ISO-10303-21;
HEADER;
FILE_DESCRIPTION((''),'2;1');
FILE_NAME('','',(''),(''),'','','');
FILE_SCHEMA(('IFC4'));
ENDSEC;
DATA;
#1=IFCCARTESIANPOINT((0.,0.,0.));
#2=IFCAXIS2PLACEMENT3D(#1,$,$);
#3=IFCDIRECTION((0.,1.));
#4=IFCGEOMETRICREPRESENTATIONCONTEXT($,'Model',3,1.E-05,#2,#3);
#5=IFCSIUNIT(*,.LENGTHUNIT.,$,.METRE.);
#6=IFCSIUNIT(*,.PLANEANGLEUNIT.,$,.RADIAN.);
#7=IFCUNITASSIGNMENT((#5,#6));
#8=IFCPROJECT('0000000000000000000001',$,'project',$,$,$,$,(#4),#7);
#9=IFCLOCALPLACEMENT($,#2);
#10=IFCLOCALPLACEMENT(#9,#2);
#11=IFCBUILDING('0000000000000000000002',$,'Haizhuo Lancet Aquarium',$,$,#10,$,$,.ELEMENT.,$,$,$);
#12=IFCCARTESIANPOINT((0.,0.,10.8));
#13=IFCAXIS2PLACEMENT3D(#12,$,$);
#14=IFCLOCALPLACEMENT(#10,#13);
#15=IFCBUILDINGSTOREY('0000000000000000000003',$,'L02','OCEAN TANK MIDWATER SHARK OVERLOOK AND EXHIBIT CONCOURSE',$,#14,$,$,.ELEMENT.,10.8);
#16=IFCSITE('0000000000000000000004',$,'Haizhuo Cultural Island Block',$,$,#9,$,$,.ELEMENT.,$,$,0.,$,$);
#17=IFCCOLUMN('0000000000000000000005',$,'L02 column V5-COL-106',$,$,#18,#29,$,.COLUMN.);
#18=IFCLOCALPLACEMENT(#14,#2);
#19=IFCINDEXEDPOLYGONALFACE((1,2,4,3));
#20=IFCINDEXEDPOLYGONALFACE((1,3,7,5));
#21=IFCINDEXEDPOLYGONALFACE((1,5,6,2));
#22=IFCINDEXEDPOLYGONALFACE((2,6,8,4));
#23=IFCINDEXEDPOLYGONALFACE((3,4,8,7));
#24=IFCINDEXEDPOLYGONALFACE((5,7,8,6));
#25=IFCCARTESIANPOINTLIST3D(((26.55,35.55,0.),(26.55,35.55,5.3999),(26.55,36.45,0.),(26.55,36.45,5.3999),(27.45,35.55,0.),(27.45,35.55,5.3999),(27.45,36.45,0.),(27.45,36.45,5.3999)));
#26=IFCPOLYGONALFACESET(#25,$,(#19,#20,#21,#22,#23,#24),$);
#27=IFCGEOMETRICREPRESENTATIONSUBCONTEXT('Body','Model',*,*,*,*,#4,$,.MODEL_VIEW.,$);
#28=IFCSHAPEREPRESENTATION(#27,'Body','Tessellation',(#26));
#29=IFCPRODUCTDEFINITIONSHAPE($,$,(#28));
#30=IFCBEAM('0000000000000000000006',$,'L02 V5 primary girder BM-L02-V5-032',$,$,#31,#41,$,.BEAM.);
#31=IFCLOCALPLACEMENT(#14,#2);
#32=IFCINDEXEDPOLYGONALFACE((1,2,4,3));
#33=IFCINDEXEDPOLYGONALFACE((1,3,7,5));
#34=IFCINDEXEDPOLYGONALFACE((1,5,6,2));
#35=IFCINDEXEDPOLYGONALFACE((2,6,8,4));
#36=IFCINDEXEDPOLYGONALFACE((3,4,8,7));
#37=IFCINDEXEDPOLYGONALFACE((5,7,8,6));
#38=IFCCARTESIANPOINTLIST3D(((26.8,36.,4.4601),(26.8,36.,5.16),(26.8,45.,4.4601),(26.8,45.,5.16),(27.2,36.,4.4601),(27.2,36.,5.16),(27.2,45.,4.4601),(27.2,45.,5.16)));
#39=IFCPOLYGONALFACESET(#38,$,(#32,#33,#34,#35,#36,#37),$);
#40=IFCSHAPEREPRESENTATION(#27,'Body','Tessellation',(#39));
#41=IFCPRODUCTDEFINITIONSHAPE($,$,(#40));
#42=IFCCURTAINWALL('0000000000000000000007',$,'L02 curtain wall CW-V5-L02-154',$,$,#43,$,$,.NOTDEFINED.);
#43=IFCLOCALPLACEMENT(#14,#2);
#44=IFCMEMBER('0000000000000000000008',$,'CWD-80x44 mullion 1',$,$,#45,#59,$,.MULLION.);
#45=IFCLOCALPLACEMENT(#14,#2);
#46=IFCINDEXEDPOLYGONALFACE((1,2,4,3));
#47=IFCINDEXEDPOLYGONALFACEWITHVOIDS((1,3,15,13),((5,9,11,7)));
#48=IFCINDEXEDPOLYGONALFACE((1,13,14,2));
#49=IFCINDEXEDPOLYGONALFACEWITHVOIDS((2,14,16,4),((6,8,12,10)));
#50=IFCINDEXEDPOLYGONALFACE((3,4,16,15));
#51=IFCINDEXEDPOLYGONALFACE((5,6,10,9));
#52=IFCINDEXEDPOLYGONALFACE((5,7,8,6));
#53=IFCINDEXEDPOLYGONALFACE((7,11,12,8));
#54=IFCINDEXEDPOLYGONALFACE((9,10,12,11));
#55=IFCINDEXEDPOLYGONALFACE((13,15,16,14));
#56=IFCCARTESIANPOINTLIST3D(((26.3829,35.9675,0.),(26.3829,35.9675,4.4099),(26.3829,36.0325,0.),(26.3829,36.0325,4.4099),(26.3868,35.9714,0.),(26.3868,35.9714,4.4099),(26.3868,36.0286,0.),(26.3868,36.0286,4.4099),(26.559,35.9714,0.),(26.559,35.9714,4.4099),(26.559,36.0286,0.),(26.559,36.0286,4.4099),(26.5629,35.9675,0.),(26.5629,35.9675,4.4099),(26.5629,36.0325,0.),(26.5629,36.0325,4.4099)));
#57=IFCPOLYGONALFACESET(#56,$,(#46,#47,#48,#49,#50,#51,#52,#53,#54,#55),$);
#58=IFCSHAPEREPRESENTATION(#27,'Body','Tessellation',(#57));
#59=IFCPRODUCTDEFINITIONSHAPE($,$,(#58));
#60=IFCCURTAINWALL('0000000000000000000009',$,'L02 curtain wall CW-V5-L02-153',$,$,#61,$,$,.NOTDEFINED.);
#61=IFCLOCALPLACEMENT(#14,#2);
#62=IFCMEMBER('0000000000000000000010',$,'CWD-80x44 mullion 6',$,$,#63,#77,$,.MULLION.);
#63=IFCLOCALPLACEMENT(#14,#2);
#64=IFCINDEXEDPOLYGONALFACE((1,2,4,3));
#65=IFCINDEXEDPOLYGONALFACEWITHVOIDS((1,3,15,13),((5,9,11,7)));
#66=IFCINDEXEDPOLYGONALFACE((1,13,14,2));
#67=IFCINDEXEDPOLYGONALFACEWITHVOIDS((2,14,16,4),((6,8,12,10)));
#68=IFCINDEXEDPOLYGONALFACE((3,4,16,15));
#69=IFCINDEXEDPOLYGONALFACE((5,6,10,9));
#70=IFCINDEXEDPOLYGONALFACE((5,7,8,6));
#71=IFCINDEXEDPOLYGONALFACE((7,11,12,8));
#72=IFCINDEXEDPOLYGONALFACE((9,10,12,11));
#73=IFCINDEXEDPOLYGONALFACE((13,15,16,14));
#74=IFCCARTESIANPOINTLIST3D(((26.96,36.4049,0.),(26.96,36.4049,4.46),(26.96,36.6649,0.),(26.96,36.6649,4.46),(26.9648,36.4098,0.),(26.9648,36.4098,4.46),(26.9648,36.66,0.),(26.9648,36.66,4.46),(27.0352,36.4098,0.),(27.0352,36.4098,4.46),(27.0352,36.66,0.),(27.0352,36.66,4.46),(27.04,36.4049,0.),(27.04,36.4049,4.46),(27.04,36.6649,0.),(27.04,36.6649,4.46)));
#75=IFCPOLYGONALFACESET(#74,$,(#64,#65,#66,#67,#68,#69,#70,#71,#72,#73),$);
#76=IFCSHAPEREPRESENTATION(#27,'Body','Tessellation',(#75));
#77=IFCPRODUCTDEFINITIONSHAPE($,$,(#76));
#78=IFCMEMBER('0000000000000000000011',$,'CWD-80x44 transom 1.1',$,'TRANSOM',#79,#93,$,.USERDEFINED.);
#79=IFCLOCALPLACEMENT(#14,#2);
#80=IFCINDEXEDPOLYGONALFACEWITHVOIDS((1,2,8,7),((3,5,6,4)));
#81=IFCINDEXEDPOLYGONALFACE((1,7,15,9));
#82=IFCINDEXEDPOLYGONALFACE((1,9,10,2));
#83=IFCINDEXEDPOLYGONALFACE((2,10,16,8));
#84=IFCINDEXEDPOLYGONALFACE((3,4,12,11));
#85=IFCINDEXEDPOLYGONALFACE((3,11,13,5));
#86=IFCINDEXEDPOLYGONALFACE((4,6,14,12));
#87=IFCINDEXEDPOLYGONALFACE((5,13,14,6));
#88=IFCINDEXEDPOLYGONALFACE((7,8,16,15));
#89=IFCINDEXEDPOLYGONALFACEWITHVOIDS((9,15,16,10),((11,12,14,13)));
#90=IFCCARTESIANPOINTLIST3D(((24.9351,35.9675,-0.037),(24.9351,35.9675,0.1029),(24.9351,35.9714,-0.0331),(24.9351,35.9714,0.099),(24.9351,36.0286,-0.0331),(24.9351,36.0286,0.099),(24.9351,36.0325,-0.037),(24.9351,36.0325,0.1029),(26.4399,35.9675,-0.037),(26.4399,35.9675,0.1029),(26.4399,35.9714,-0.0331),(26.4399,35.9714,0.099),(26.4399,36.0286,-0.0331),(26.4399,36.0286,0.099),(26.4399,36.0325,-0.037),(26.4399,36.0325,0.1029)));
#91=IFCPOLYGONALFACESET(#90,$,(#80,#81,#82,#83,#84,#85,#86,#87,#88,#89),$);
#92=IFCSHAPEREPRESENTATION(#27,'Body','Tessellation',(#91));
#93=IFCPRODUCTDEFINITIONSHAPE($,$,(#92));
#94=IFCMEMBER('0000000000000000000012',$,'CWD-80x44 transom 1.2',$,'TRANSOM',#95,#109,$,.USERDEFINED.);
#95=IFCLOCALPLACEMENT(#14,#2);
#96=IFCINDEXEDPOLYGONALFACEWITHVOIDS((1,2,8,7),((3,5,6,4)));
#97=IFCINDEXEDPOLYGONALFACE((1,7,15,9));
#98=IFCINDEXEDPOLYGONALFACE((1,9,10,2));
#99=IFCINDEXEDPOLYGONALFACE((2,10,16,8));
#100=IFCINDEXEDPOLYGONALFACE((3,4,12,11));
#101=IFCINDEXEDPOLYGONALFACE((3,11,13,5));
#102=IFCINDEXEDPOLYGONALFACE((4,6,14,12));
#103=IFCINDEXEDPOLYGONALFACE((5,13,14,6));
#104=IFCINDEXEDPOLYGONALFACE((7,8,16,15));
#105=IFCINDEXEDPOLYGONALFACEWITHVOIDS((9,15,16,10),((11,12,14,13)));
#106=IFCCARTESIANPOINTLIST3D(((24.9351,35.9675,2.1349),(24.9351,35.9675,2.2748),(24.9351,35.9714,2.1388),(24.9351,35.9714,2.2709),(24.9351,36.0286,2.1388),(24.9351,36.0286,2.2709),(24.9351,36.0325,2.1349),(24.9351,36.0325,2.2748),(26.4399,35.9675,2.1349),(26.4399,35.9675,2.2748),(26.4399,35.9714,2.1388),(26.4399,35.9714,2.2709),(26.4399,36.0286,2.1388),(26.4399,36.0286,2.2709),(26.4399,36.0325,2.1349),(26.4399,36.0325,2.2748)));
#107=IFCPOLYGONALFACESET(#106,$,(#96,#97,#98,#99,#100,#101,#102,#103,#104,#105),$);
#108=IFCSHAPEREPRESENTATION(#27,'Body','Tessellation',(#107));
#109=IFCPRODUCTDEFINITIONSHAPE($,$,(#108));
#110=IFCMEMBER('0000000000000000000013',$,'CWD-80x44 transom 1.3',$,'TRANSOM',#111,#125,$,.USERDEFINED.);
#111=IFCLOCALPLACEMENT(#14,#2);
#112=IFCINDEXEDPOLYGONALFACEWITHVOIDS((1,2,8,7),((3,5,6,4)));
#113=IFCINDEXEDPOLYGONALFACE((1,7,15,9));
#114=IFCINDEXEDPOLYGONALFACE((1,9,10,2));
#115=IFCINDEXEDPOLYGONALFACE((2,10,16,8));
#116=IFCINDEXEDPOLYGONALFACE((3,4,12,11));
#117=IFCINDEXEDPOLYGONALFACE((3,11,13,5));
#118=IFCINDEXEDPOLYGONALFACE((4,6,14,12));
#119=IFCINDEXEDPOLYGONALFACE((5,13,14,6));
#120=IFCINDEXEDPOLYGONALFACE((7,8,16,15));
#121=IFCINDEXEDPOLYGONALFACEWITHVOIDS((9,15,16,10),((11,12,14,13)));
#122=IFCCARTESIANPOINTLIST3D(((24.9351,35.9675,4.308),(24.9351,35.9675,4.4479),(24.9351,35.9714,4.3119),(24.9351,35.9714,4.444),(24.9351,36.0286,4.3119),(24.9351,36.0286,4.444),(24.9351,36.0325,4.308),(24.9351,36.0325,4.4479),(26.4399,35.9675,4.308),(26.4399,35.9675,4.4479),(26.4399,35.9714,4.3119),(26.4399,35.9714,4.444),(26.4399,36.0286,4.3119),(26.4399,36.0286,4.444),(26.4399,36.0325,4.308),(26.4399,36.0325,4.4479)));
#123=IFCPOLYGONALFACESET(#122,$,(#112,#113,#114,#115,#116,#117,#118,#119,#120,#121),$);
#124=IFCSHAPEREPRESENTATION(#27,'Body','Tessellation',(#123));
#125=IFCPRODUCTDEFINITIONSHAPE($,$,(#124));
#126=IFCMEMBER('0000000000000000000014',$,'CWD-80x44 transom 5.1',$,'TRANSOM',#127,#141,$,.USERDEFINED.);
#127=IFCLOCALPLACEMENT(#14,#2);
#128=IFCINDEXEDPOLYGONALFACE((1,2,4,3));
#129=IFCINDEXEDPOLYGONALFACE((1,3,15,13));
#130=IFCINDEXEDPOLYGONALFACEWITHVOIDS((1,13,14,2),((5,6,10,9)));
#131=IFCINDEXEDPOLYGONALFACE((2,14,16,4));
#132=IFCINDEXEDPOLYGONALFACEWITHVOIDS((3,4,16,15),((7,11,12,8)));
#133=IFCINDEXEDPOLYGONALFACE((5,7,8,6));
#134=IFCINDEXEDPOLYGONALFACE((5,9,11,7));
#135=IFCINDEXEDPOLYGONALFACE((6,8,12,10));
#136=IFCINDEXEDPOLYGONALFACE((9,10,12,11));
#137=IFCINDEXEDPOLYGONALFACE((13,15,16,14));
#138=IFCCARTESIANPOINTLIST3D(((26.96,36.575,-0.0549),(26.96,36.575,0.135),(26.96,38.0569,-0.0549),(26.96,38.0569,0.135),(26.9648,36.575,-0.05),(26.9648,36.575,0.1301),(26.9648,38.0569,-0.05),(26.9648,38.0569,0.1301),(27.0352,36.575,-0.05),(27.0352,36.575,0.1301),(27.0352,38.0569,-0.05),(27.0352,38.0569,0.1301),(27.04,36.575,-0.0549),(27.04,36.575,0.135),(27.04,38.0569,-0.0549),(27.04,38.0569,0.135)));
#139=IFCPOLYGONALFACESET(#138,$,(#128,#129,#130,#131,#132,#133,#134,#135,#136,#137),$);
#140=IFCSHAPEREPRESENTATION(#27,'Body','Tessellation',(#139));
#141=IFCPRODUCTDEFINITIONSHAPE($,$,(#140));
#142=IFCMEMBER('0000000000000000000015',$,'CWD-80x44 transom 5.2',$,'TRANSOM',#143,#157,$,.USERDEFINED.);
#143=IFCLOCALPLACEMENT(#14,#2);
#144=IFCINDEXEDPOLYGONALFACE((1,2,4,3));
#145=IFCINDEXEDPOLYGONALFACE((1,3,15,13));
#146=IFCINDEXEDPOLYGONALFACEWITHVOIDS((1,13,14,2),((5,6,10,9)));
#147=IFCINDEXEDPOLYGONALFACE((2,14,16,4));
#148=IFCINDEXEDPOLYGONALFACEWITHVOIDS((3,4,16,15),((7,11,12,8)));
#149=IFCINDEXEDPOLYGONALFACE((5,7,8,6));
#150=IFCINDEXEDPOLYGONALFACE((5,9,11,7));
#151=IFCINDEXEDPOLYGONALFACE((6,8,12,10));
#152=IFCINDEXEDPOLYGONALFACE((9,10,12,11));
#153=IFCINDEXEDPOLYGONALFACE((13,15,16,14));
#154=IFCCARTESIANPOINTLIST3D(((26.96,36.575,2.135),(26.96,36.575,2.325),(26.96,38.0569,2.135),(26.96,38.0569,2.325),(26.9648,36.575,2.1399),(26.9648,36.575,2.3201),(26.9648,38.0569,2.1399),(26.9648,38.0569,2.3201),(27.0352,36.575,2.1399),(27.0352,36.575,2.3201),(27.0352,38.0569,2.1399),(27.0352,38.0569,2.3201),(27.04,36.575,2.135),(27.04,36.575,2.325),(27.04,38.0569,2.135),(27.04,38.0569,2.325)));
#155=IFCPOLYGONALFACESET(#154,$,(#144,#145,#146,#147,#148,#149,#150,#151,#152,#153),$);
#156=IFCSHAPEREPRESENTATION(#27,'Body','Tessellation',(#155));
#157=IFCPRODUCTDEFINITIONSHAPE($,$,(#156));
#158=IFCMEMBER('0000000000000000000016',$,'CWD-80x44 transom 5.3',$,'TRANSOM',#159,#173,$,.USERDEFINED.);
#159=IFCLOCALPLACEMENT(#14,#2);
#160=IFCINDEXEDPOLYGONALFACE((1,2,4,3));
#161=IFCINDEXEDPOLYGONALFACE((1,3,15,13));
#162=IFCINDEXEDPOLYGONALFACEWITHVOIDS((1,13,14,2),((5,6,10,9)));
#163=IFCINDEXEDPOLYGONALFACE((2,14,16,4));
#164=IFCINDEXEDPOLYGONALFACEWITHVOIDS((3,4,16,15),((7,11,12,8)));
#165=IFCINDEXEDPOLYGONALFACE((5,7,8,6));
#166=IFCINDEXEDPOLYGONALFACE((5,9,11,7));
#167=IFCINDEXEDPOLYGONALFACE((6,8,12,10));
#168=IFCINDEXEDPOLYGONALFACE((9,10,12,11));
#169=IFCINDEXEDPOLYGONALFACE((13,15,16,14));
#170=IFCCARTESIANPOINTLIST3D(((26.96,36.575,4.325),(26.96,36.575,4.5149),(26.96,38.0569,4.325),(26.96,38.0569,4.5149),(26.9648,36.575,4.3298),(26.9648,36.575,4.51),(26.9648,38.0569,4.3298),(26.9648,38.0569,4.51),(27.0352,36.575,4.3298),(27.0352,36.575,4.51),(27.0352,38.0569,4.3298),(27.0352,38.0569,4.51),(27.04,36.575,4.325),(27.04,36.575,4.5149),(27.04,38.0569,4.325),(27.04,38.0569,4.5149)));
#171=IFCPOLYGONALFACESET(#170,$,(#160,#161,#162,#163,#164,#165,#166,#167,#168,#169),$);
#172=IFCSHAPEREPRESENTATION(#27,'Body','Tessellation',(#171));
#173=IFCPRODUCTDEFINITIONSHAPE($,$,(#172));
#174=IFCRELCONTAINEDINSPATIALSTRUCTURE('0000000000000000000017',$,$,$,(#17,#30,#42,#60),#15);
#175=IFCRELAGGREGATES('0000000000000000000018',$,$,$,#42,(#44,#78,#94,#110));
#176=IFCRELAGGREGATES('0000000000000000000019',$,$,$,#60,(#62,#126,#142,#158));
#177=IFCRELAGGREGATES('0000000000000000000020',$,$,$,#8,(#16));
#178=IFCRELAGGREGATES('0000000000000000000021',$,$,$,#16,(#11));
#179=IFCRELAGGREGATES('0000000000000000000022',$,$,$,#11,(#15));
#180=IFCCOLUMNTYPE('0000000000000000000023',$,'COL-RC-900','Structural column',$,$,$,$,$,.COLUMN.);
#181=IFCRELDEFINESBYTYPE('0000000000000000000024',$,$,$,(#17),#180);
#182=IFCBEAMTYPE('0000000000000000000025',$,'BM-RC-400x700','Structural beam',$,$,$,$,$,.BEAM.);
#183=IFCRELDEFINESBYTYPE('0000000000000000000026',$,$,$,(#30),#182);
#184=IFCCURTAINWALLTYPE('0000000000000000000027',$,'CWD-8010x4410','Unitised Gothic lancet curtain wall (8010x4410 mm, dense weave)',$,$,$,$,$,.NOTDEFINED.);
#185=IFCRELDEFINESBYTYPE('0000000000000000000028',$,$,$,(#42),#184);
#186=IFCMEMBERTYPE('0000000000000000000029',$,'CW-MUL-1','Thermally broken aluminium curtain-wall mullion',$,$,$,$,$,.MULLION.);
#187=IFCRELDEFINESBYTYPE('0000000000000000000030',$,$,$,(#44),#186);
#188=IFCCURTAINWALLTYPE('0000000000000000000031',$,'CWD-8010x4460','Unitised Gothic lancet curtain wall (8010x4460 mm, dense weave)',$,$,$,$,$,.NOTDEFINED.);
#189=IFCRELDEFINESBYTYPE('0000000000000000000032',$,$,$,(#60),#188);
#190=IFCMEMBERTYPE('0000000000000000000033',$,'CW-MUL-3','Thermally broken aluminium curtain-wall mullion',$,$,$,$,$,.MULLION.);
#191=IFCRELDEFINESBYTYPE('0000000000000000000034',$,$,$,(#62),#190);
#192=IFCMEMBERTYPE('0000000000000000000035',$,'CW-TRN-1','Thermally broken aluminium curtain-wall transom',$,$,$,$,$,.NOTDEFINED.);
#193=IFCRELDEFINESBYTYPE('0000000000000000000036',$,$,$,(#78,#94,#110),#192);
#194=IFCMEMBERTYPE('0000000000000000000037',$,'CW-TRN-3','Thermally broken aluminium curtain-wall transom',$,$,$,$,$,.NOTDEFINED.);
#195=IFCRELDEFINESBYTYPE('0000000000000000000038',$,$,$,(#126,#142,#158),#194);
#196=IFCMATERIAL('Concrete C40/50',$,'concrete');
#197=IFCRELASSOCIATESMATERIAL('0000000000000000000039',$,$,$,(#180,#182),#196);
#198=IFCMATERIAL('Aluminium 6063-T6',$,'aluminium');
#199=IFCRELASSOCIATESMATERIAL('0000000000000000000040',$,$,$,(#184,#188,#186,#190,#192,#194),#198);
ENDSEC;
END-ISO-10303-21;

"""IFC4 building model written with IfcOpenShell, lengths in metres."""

from ifc_helpers import new_model, si_unit, direction, frame, origin, origin_2d, place, context, subcontext, project, spatial, rectangle, hollow_rectangle, extrude, material, material_profile, profile_set, type_object, element, aggregate, save


model = new_model("IFC4")

# Units and contexts
model_context = context("Model", 3, precision=1e-05, world=origin(), true_north=direction((0.0, 1.0)))
body_context = subcontext(model_context, "Body", "Model", "MODEL_VIEW")
ifc_project = project(units=[si_unit("LENGTHUNIT", "METRE"), si_unit("PLANEANGLEUNIT", "RADIAN")], contexts=[model_context])

# Site, building, storey
site_placement = place(None, origin())
site = spatial("IfcSite", under=ifc_project, at=site_placement, Name="Haizhuo Cultural Island Block", CompositionType="ELEMENT", RefElevation=0.0)
building_placement = place(site_placement, origin())
building = spatial("IfcBuilding", under=site, at=building_placement, Name="Haizhuo Lancet Aquarium", CompositionType="ELEMENT")
storey_placement = place(building_placement, frame((0.0, 0.0, 10.8)))
storey = spatial("IfcBuildingStorey", under=building, at=storey_placement, Name="L02", Description="OCEAN TANK MIDWATER SHARK OVERLOOK AND EXHIBIT CONCOURSE", CompositionType="ELEMENT", Elevation=10.8)

# Column
ifc_material_1 = material(Name="Concrete C40/50", Category="concrete")
ifc_material_profile_1 = material_profile(ifc_material_1, rectangle(XDim=0.8999, YDim=0.8999, at=origin_2d()), Name="RC-COL 900x900")
ifc_profile_set_1 = profile_set([ifc_material_profile_1], Name="Concrete C40/50")
column_type = type_object("IfcColumnType", Name="COL-RC-900", Description="Structural column", PredefinedType="COLUMN", material=ifc_profile_set_1)
column_placement = place(storey_placement, frame((27.0, 36.0, 0.0), z_axis=(0.0, 0.0, 1.0), x_axis=(1.0, 0.0, 0.0)))
element("IfcColumn", 1, at=column_placement, inside=storey, type_object=column_type, Name="L02 column V5-COL-106", PredefinedType="COLUMN", context=body_context, shape_type="SweptSolid", body=[
    extrude(rectangle(XDim=0.8999, YDim=0.8999, at=origin_2d()), origin(), (0.0, 0.0, 1.0), 5.3999),
])

# Beam
ifc_material_profile_2 = material_profile(ifc_material_1, rectangle(XDim=0.3999, YDim=0.7, at=origin_2d()), Name="RC-BM 400x700")
ifc_profile_set_2 = profile_set([ifc_material_profile_2], Name="Concrete C40/50")
beam_type = type_object("IfcBeamType", Name="BM-RC-400x700", Description="Structural beam", PredefinedType="BEAM", material=ifc_profile_set_2)
beam_placement = place(storey_placement, frame((27.0, 36.0, 4.8101), z_axis=(0.0, 1.0, 0.0), x_axis=(-1.0, 0.0, 0.0)))
element("IfcBeam", 2, at=beam_placement, inside=storey, type_object=beam_type, Name="L02 V5 primary girder BM-L02-V5-032", PredefinedType="BEAM", context=body_context, shape_type="SweptSolid", body=[
    extrude(rectangle(XDim=0.3999, YDim=0.7, at=origin_2d()), origin(), (0.0, 0.0, 1.0), 9.0),
])

# Curtain walls, members
ifc_material_2 = material(Name="Aluminium 6063-T6", Category="aluminium")
curtain_wall_type_1 = type_object("IfcCurtainWallType", Name="CWD-8010x4410", Description="Unitised Gothic lancet curtain wall (8010x4410 mm, dense weave)", PredefinedType="NOTDEFINED", material=ifc_material_2)
curtain_wall_1_placement = place(storey_placement, origin())
curtain_wall_1 = element("IfcCurtainWall", 3, at=curtain_wall_1_placement, inside=storey, type_object=curtain_wall_type_1, Name="L02 curtain wall CW-V5-L02-154", PredefinedType="NOTDEFINED")
ifc_material_profile_3 = material_profile(ifc_material_2, hollow_rectangle(XDim=0.0649, YDim=0.1799, WallThickness=0.0039, at=origin_2d()), Name="ALU-M 65x180x4")
ifc_profile_set_3 = profile_set([ifc_material_profile_3], Name="Aluminium 6063-T6")
member_type_1 = type_object("IfcMemberType", Name="CW-MUL-1", Description="Thermally broken aluminium curtain-wall mullion", PredefinedType="MULLION", material=ifc_profile_set_3)
member_1_placement = place(storey_placement, frame((26.4729, 36.0, 0.0), z_axis=(0.0, 0.0, 1.0), x_axis=(0.0, -1.0, 0.0)))
member_1 = element("IfcMember", 4, at=member_1_placement, type_object=member_type_1, Name="CWD-80x44 mullion 1", PredefinedType="MULLION", context=body_context, shape_type="SweptSolid", body=[
    extrude(hollow_rectangle(XDim=0.0649, YDim=0.1799, WallThickness=0.0039, at=origin_2d()), origin(), (0.0, 0.0, 1.0), 4.4099),
])
curtain_wall_type_2 = type_object("IfcCurtainWallType", Name="CWD-8010x4460", Description="Unitised Gothic lancet curtain wall (8010x4460 mm, dense weave)", PredefinedType="NOTDEFINED", material=ifc_material_2)
curtain_wall_2_placement = place(storey_placement, origin())
curtain_wall_2 = element("IfcCurtainWall", 5, at=curtain_wall_2_placement, inside=storey, type_object=curtain_wall_type_2, Name="L02 curtain wall CW-V5-L02-153", PredefinedType="NOTDEFINED")
ifc_material_profile_4 = material_profile(ifc_material_2, hollow_rectangle(XDim=0.0801, YDim=0.26, WallThickness=0.0049, at=origin_2d()), Name="ALU-M 80x260x5")
ifc_profile_set_4 = profile_set([ifc_material_profile_4], Name="Aluminium 6063-T6")
member_type_2 = type_object("IfcMemberType", Name="CW-MUL-3", Description="Thermally broken aluminium curtain-wall mullion", PredefinedType="MULLION", material=ifc_profile_set_4)
member_2_placement = place(storey_placement, frame((27.0, 36.5349, 0.0), z_axis=(0.0, 0.0, 1.0), x_axis=(1.0, 0.0, 0.0)))
member_2 = element("IfcMember", 6, at=member_2_placement, type_object=member_type_2, Name="CWD-80x44 mullion 6", PredefinedType="MULLION", context=body_context, shape_type="SweptSolid", body=[
    extrude(hollow_rectangle(XDim=0.0801, YDim=0.26, WallThickness=0.0049, at=origin_2d()), origin(), (0.0, 0.0, 1.0), 4.46),
])

# Members
ifc_material_profile_5 = material_profile(ifc_material_2, hollow_rectangle(XDim=0.0649, YDim=0.1399, WallThickness=0.0039, at=origin_2d()), Name="ALU-T 65x140x4")
ifc_profile_set_5 = profile_set([ifc_material_profile_5], Name="Aluminium 6063-T6")
member_type_3 = type_object("IfcMemberType", Name="CW-TRN-1", Description="Thermally broken aluminium curtain-wall transom", PredefinedType="NOTDEFINED", material=ifc_profile_set_5)
member_3_placement = place(storey_placement, frame((26.4399, 36.0, 0.033), z_axis=(-1.0, 0.0, 0.0), x_axis=(0.0, -1.0, 0.0)))
member_3 = element("IfcMember", 7, at=member_3_placement, type_object=member_type_3, Name="CWD-80x44 transom 1.1", ObjectType="TRANSOM", PredefinedType="USERDEFINED", context=body_context, shape_type="SweptSolid", body=[
    extrude(hollow_rectangle(XDim=0.0649, YDim=0.1399, WallThickness=0.0039, at=origin_2d()), origin(), (0.0, 0.0, 1.0), 1.5049),
])
member_4_placement = place(storey_placement, frame((26.4399, 36.0, 2.2048), z_axis=(-1.0, 0.0, 0.0), x_axis=(0.0, -1.0, 0.0)))
member_4 = element("IfcMember", 8, at=member_4_placement, type_object=member_type_3, Name="CWD-80x44 transom 1.2", ObjectType="TRANSOM", PredefinedType="USERDEFINED", context=body_context, shape_type="SweptSolid", body=[
    extrude(hollow_rectangle(XDim=0.0649, YDim=0.1399, WallThickness=0.0039, at=origin_2d()), origin(), (0.0, 0.0, 1.0), 1.5049),
])
member_5_placement = place(storey_placement, frame((26.4399, 36.0, 4.3779), z_axis=(-1.0, 0.0, 0.0), x_axis=(0.0, -1.0, 0.0)))
member_5 = element("IfcMember", 9, at=member_5_placement, type_object=member_type_3, Name="CWD-80x44 transom 1.3", ObjectType="TRANSOM", PredefinedType="USERDEFINED", context=body_context, shape_type="SweptSolid", body=[
    extrude(hollow_rectangle(XDim=0.0649, YDim=0.1399, WallThickness=0.0039, at=origin_2d()), origin(), (0.0, 0.0, 1.0), 1.5049),
])
aggregate(curtain_wall_1, [member_1, member_3, member_4, member_5])
ifc_material_profile_6 = material_profile(ifc_material_2, hollow_rectangle(XDim=0.0801, YDim=0.1899, WallThickness=0.0049, at=origin_2d()), Name="ALU-T 80x190x5")
ifc_profile_set_6 = profile_set([ifc_material_profile_6], Name="Aluminium 6063-T6")
member_type_4 = type_object("IfcMemberType", Name="CW-TRN-3", Description="Thermally broken aluminium curtain-wall transom", PredefinedType="NOTDEFINED", material=ifc_profile_set_6)
member_6_placement = place(storey_placement, frame((27.0, 38.0569, 0.04), z_axis=(0.0, -1.0, 0.0), x_axis=(1.0, 0.0, 0.0)))
member_6 = element("IfcMember", 10, at=member_6_placement, type_object=member_type_4, Name="CWD-80x44 transom 5.1", ObjectType="TRANSOM", PredefinedType="USERDEFINED", context=body_context, shape_type="SweptSolid", body=[
    extrude(hollow_rectangle(XDim=0.0801, YDim=0.1899, WallThickness=0.0049, at=origin_2d()), origin(), (0.0, 0.0, 1.0), 1.4819),
])
member_7_placement = place(storey_placement, frame((27.0, 38.0569, 2.23), z_axis=(0.0, -1.0, 0.0), x_axis=(1.0, 0.0, 0.0)))
member_7 = element("IfcMember", 11, at=member_7_placement, type_object=member_type_4, Name="CWD-80x44 transom 5.2", ObjectType="TRANSOM", PredefinedType="USERDEFINED", context=body_context, shape_type="SweptSolid", body=[
    extrude(hollow_rectangle(XDim=0.0801, YDim=0.1899, WallThickness=0.0049, at=origin_2d()), origin(), (0.0, 0.0, 1.0), 1.4819),
])
member_8_placement = place(storey_placement, frame((27.0, 38.0569, 4.4199), z_axis=(0.0, -1.0, 0.0), x_axis=(1.0, 0.0, 0.0)))
member_8 = element("IfcMember", 12, at=member_8_placement, type_object=member_type_4, Name="CWD-80x44 transom 5.3", ObjectType="TRANSOM", PredefinedType="USERDEFINED", context=body_context, shape_type="SweptSolid", body=[
    extrude(hollow_rectangle(XDim=0.0801, YDim=0.1899, WallThickness=0.0049, at=origin_2d()), origin(), (0.0, 0.0, 1.0), 1.4819),
])

aggregate(curtain_wall_2, [member_2, member_6, member_7, member_8])

save(model, "model.ifc")
